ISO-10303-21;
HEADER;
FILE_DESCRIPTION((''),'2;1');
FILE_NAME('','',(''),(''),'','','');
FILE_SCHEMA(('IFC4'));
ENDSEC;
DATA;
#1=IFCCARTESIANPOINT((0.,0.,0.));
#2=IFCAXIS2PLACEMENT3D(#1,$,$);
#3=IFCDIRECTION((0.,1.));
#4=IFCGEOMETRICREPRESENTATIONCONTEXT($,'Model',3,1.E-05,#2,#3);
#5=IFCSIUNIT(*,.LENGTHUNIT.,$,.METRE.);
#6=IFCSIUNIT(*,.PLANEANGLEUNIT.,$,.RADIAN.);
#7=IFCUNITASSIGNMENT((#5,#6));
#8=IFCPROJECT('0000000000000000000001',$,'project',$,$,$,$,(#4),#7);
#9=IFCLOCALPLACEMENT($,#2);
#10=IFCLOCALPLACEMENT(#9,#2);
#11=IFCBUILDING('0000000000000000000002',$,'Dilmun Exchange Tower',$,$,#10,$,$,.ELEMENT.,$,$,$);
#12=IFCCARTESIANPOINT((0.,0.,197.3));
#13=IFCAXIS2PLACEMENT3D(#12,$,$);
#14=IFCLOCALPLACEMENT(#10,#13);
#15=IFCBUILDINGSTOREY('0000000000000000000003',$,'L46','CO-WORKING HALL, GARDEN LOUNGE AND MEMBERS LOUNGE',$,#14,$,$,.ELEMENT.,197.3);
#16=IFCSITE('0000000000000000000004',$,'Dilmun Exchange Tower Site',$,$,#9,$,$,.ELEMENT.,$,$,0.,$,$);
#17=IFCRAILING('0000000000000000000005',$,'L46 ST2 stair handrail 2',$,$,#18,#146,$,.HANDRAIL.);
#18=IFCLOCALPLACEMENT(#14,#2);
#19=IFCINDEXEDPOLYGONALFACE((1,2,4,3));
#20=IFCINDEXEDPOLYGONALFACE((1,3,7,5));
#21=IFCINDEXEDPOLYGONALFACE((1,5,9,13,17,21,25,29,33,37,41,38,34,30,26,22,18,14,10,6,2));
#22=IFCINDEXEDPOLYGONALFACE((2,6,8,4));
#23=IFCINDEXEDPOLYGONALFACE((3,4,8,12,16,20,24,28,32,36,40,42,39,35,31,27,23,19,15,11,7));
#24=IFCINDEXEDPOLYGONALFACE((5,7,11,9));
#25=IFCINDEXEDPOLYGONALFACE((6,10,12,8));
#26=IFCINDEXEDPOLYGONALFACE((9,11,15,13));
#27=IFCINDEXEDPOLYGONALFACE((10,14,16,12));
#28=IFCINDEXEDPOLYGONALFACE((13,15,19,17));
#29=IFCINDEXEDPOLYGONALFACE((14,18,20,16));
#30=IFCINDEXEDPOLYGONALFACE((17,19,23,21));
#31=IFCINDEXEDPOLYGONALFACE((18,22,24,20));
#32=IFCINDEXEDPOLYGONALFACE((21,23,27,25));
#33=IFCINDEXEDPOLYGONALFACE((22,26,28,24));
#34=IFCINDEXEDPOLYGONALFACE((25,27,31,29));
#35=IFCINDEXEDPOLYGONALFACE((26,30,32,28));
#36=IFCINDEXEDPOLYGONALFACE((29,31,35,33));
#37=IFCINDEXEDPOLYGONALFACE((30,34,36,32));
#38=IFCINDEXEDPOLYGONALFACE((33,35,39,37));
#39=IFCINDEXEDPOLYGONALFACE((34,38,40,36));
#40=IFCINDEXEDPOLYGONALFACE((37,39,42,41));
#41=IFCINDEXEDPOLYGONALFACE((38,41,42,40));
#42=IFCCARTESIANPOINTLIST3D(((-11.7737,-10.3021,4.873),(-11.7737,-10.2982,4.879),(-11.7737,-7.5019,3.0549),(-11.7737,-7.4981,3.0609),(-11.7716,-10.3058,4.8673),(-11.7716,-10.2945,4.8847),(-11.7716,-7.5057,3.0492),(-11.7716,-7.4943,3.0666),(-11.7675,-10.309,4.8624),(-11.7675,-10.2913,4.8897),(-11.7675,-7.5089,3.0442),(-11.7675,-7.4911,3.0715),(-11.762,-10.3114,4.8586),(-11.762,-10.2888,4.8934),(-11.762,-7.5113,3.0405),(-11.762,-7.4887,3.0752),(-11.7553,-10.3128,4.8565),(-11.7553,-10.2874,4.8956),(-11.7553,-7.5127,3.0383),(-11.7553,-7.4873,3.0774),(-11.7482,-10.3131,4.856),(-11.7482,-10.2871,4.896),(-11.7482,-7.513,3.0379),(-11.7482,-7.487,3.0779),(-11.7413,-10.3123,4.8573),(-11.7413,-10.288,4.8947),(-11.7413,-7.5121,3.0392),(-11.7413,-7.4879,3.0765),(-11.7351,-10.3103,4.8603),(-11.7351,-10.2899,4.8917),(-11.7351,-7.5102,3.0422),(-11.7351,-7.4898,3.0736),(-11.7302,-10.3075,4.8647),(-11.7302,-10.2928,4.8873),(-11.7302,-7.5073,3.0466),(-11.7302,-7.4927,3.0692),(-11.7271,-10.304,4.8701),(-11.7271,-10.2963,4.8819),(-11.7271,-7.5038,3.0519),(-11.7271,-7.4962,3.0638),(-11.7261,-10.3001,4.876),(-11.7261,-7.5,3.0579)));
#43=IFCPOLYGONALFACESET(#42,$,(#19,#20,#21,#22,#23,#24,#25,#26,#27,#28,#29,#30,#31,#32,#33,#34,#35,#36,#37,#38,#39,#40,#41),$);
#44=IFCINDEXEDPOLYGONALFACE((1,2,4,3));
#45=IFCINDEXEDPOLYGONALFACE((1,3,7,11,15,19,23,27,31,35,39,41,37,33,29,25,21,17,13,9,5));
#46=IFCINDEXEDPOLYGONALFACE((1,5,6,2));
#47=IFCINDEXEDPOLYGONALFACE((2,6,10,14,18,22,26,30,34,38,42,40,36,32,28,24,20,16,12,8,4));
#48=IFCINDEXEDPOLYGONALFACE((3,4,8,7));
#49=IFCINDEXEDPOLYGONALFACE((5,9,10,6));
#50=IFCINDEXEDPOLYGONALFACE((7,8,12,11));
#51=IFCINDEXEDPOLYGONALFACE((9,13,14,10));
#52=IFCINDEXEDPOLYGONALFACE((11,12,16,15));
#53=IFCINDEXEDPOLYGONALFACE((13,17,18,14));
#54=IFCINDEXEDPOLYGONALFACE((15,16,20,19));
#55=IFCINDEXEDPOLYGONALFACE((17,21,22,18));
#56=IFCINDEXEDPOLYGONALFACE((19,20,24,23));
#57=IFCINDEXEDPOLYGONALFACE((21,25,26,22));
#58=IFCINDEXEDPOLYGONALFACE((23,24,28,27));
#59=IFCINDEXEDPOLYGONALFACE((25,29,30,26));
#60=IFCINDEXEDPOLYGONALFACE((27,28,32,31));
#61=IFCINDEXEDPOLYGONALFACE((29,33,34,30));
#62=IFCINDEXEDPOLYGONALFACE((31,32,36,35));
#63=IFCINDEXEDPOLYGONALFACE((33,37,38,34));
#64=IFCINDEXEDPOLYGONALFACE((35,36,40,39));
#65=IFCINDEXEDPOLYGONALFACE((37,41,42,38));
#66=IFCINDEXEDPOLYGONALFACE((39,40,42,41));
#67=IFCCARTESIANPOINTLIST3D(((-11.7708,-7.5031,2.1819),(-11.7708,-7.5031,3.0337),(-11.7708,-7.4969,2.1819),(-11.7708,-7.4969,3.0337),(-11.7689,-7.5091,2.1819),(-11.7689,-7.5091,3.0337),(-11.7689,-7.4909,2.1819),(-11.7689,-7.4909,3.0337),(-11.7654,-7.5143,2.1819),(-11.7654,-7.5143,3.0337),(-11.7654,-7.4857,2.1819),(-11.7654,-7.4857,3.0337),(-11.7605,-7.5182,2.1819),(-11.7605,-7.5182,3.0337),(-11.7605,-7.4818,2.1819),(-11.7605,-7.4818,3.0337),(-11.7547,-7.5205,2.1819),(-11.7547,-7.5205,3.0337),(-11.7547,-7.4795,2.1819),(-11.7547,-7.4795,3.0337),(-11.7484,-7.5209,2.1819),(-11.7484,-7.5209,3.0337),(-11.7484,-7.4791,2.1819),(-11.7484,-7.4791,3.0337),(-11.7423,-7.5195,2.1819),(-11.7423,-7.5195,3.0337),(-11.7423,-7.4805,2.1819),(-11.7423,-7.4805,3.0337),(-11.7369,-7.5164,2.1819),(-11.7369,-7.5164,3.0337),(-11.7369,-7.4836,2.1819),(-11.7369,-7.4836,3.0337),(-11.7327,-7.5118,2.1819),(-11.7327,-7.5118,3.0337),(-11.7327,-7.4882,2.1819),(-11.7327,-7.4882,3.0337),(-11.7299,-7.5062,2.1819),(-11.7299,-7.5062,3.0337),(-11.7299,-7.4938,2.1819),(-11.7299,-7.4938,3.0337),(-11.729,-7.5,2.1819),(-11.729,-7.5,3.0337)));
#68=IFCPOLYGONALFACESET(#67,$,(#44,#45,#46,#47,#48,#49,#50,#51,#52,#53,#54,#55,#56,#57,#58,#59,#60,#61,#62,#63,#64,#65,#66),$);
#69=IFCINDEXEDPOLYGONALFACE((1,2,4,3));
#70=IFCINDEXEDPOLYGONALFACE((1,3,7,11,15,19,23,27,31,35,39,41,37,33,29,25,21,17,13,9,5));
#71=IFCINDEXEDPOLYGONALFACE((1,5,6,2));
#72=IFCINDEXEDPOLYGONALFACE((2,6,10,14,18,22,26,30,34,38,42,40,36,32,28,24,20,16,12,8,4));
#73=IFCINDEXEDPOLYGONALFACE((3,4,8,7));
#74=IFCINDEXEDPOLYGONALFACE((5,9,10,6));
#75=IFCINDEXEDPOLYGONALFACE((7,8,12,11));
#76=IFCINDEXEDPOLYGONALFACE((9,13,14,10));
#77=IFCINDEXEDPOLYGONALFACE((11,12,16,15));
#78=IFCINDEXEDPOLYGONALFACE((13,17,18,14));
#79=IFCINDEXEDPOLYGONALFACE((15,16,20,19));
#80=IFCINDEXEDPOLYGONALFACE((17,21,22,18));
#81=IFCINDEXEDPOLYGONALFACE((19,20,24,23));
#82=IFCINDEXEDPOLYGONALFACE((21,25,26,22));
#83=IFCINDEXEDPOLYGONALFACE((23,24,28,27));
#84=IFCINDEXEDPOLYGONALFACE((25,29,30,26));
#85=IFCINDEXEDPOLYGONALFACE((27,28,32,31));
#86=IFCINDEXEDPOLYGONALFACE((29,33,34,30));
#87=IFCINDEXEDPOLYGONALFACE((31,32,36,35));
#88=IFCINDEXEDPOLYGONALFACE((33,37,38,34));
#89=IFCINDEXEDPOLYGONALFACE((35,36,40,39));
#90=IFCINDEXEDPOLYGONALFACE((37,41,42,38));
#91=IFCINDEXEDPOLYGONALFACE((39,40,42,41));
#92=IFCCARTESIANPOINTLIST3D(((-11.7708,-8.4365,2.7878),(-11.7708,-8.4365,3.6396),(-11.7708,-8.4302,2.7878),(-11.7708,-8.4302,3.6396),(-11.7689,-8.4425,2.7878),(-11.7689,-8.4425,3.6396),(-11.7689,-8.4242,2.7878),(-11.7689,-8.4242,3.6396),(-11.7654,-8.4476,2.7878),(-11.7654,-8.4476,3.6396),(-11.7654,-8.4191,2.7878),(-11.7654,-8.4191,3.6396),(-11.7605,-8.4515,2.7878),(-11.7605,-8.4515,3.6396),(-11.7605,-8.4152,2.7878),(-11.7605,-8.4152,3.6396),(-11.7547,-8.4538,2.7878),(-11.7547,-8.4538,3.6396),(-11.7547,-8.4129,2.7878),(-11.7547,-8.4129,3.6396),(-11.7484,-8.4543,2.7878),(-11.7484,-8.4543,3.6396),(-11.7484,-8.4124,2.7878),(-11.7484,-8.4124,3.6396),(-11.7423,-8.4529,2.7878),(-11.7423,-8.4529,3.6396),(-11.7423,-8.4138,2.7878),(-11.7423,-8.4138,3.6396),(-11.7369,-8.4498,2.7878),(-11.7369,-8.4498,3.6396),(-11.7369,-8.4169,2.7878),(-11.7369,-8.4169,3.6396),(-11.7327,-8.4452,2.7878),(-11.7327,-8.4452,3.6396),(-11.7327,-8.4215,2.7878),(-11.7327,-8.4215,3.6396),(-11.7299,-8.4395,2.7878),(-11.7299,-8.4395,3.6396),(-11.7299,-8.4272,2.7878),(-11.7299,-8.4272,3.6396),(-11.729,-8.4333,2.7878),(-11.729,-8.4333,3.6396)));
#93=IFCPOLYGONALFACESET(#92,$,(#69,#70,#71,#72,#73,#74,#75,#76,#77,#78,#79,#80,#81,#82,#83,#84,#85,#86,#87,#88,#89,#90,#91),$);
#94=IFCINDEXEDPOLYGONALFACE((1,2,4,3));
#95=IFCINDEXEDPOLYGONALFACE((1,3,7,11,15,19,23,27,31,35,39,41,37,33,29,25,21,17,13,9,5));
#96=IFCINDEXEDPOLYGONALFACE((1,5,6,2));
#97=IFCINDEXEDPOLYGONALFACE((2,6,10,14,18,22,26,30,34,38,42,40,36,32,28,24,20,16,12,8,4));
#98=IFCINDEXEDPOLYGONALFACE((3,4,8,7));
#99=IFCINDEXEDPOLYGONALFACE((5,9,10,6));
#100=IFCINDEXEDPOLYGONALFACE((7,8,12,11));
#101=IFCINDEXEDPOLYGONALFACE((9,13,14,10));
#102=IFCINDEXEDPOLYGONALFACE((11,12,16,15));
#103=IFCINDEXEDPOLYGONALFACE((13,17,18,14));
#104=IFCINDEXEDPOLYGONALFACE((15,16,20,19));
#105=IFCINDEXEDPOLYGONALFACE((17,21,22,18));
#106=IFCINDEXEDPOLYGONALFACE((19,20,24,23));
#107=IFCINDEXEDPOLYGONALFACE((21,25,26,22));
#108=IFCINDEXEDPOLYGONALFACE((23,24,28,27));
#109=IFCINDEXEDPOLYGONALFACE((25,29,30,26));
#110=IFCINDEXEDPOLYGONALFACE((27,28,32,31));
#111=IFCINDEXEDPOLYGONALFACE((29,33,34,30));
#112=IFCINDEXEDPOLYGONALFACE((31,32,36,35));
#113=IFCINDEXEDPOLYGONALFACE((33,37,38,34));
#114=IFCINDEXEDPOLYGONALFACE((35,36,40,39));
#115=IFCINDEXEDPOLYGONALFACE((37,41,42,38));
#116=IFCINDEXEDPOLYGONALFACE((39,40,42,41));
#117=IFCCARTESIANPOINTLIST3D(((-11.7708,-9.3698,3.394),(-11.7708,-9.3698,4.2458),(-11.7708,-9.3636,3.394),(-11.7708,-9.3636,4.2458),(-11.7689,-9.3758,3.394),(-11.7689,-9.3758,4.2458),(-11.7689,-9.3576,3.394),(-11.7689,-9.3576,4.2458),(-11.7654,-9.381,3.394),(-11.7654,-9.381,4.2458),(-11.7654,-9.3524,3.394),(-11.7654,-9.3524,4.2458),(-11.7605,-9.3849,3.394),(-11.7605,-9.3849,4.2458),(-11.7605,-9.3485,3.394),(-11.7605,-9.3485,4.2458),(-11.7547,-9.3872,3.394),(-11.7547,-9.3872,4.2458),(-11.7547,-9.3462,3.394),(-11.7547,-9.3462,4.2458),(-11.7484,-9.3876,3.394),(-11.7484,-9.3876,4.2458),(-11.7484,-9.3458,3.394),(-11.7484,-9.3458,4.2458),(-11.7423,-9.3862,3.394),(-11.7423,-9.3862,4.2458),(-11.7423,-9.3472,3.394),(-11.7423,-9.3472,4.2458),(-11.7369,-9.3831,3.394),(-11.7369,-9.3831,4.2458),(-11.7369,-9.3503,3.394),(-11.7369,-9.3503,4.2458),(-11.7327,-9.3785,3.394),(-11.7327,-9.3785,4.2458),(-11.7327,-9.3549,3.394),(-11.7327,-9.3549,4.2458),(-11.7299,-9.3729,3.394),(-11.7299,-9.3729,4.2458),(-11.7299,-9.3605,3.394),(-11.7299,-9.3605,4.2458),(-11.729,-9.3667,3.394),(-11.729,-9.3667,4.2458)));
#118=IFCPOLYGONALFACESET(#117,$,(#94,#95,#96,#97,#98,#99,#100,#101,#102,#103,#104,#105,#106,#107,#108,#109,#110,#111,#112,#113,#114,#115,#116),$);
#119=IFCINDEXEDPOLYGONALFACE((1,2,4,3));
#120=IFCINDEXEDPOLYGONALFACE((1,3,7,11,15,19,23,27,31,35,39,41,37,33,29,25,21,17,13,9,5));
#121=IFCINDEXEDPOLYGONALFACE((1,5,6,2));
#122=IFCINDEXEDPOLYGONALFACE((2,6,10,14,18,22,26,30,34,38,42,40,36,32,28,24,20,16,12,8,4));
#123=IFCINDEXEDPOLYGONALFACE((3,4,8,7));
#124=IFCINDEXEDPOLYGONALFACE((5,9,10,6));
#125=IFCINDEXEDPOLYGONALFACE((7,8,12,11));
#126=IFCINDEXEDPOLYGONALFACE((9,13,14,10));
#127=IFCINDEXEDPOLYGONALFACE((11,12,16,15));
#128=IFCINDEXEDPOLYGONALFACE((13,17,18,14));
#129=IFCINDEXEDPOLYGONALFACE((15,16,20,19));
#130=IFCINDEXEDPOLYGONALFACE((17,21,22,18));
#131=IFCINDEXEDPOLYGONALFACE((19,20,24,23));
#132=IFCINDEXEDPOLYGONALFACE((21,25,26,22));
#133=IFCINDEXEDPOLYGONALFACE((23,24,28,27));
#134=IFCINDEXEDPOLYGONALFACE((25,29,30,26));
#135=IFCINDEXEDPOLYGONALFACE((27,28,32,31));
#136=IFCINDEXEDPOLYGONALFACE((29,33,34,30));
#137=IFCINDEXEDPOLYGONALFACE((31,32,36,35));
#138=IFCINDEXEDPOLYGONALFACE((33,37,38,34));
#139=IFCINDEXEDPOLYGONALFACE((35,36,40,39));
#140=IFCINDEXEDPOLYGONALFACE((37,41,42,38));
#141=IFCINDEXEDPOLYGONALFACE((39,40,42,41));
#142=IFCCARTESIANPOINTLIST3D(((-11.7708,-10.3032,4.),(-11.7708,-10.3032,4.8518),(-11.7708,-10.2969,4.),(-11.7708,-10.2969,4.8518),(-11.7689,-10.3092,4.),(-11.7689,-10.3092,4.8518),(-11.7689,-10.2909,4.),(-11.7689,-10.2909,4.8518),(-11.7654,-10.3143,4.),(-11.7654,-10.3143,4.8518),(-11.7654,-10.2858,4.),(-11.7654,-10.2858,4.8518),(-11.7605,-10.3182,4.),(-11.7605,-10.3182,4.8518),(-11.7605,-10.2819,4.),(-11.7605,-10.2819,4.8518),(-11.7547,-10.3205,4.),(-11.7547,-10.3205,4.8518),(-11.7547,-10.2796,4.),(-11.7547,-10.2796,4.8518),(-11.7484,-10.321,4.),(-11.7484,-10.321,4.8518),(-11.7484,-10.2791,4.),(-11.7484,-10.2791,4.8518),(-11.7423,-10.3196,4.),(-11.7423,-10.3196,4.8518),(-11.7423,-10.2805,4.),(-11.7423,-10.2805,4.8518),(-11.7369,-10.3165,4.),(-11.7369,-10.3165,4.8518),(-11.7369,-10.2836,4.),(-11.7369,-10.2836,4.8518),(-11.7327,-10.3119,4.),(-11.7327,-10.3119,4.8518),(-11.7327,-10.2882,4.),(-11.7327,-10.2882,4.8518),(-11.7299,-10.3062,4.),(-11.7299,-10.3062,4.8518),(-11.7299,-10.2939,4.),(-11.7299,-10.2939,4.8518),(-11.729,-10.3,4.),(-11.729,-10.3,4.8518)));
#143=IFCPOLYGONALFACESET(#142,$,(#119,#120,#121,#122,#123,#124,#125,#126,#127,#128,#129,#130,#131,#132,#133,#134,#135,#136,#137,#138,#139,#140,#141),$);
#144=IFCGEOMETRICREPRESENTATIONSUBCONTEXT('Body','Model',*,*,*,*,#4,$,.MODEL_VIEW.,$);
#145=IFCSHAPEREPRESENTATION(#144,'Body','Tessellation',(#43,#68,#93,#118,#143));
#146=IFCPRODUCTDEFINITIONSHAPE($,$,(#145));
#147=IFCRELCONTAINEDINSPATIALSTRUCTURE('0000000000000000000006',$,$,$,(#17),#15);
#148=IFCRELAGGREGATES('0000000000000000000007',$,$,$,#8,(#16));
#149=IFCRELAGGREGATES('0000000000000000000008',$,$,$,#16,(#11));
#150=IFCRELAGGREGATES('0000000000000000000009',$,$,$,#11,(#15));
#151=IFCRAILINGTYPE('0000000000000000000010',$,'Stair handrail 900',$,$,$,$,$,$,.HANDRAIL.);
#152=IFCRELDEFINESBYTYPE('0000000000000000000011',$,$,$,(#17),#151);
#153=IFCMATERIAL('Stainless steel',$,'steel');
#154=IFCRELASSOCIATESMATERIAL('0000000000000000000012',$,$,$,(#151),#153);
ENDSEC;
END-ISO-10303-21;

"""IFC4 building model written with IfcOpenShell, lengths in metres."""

from ifc_helpers import new_model, si_unit, direction, frame, origin, origin_2d, place, context, subcontext, project, spatial, circle, extrude, material, type_object, element, save


model = new_model("IFC4")

# Units and contexts
model_context = context("Model", 3, precision=1e-05, world=origin(), true_north=direction((0.0, 1.0)))
body_context = subcontext(model_context, "Body", "Model", "MODEL_VIEW")
ifc_project = project(units=[si_unit("LENGTHUNIT", "METRE"), si_unit("PLANEANGLEUNIT", "RADIAN")], contexts=[model_context])

# Site, building, storey
site_placement = place(None, origin())
site = spatial("IfcSite", under=ifc_project, at=site_placement, Name="Dilmun Exchange Tower Site", CompositionType="ELEMENT", RefElevation=0.0)
building_placement = place(site_placement, origin())
building = spatial("IfcBuilding", under=site, at=building_placement, Name="Dilmun Exchange Tower", CompositionType="ELEMENT")
storey_placement = place(building_placement, frame((0.0, 0.0, 197.3)))
storey = spatial("IfcBuildingStorey", under=building, at=storey_placement, Name="L46", Description="CO-WORKING HALL, GARDEN LOUNGE AND MEMBERS LOUNGE", CompositionType="ELEMENT", Elevation=197.3)

# Railing
ifc_material_1 = material(Name="Stainless steel", Category="steel")
railing_type = type_object("IfcRailingType", Name="Stair handrail 900", PredefinedType="HANDRAIL", material=ifc_material_1)
railing_placement = place(storey_placement, frame((-11.75, -7.5, 2.1819)))
element("IfcRailing", 1, at=railing_placement, inside=storey, type_object=railing_type, Name="L46 ST2 stair handrail 2", PredefinedType="HANDRAIL", context=body_context, shape_type="SweptSolid", body=[
    extrude(circle(Radius=0.0239, at=origin_2d()), frame((0.0, 0.0, 0.876), z_axis=(0.0, -0.838706, 0.544585), x_axis=(1.0, 0.0, 0.0)), (0.0, 0.0, 1.0), 3.3386),
    extrude(circle(Radius=0.021, at=origin_2d()), origin(), (0.0, 0.0, 1.0), 0.8518),
    extrude(circle(Radius=0.021, at=origin_2d()), frame((0.0, -0.9333, 0.606)), (0.0, 0.0, 1.0), 0.8518),
    extrude(circle(Radius=0.021, at=origin_2d()), frame((0.0, -1.8667, 1.2122)), (0.0, 0.0, 1.0), 0.8518),
    extrude(circle(Radius=0.021, at=origin_2d()), frame((0.0, -2.8, 1.8181)), (0.0, 0.0, 1.0), 0.8518),
])

save(model, "model.ifc")
